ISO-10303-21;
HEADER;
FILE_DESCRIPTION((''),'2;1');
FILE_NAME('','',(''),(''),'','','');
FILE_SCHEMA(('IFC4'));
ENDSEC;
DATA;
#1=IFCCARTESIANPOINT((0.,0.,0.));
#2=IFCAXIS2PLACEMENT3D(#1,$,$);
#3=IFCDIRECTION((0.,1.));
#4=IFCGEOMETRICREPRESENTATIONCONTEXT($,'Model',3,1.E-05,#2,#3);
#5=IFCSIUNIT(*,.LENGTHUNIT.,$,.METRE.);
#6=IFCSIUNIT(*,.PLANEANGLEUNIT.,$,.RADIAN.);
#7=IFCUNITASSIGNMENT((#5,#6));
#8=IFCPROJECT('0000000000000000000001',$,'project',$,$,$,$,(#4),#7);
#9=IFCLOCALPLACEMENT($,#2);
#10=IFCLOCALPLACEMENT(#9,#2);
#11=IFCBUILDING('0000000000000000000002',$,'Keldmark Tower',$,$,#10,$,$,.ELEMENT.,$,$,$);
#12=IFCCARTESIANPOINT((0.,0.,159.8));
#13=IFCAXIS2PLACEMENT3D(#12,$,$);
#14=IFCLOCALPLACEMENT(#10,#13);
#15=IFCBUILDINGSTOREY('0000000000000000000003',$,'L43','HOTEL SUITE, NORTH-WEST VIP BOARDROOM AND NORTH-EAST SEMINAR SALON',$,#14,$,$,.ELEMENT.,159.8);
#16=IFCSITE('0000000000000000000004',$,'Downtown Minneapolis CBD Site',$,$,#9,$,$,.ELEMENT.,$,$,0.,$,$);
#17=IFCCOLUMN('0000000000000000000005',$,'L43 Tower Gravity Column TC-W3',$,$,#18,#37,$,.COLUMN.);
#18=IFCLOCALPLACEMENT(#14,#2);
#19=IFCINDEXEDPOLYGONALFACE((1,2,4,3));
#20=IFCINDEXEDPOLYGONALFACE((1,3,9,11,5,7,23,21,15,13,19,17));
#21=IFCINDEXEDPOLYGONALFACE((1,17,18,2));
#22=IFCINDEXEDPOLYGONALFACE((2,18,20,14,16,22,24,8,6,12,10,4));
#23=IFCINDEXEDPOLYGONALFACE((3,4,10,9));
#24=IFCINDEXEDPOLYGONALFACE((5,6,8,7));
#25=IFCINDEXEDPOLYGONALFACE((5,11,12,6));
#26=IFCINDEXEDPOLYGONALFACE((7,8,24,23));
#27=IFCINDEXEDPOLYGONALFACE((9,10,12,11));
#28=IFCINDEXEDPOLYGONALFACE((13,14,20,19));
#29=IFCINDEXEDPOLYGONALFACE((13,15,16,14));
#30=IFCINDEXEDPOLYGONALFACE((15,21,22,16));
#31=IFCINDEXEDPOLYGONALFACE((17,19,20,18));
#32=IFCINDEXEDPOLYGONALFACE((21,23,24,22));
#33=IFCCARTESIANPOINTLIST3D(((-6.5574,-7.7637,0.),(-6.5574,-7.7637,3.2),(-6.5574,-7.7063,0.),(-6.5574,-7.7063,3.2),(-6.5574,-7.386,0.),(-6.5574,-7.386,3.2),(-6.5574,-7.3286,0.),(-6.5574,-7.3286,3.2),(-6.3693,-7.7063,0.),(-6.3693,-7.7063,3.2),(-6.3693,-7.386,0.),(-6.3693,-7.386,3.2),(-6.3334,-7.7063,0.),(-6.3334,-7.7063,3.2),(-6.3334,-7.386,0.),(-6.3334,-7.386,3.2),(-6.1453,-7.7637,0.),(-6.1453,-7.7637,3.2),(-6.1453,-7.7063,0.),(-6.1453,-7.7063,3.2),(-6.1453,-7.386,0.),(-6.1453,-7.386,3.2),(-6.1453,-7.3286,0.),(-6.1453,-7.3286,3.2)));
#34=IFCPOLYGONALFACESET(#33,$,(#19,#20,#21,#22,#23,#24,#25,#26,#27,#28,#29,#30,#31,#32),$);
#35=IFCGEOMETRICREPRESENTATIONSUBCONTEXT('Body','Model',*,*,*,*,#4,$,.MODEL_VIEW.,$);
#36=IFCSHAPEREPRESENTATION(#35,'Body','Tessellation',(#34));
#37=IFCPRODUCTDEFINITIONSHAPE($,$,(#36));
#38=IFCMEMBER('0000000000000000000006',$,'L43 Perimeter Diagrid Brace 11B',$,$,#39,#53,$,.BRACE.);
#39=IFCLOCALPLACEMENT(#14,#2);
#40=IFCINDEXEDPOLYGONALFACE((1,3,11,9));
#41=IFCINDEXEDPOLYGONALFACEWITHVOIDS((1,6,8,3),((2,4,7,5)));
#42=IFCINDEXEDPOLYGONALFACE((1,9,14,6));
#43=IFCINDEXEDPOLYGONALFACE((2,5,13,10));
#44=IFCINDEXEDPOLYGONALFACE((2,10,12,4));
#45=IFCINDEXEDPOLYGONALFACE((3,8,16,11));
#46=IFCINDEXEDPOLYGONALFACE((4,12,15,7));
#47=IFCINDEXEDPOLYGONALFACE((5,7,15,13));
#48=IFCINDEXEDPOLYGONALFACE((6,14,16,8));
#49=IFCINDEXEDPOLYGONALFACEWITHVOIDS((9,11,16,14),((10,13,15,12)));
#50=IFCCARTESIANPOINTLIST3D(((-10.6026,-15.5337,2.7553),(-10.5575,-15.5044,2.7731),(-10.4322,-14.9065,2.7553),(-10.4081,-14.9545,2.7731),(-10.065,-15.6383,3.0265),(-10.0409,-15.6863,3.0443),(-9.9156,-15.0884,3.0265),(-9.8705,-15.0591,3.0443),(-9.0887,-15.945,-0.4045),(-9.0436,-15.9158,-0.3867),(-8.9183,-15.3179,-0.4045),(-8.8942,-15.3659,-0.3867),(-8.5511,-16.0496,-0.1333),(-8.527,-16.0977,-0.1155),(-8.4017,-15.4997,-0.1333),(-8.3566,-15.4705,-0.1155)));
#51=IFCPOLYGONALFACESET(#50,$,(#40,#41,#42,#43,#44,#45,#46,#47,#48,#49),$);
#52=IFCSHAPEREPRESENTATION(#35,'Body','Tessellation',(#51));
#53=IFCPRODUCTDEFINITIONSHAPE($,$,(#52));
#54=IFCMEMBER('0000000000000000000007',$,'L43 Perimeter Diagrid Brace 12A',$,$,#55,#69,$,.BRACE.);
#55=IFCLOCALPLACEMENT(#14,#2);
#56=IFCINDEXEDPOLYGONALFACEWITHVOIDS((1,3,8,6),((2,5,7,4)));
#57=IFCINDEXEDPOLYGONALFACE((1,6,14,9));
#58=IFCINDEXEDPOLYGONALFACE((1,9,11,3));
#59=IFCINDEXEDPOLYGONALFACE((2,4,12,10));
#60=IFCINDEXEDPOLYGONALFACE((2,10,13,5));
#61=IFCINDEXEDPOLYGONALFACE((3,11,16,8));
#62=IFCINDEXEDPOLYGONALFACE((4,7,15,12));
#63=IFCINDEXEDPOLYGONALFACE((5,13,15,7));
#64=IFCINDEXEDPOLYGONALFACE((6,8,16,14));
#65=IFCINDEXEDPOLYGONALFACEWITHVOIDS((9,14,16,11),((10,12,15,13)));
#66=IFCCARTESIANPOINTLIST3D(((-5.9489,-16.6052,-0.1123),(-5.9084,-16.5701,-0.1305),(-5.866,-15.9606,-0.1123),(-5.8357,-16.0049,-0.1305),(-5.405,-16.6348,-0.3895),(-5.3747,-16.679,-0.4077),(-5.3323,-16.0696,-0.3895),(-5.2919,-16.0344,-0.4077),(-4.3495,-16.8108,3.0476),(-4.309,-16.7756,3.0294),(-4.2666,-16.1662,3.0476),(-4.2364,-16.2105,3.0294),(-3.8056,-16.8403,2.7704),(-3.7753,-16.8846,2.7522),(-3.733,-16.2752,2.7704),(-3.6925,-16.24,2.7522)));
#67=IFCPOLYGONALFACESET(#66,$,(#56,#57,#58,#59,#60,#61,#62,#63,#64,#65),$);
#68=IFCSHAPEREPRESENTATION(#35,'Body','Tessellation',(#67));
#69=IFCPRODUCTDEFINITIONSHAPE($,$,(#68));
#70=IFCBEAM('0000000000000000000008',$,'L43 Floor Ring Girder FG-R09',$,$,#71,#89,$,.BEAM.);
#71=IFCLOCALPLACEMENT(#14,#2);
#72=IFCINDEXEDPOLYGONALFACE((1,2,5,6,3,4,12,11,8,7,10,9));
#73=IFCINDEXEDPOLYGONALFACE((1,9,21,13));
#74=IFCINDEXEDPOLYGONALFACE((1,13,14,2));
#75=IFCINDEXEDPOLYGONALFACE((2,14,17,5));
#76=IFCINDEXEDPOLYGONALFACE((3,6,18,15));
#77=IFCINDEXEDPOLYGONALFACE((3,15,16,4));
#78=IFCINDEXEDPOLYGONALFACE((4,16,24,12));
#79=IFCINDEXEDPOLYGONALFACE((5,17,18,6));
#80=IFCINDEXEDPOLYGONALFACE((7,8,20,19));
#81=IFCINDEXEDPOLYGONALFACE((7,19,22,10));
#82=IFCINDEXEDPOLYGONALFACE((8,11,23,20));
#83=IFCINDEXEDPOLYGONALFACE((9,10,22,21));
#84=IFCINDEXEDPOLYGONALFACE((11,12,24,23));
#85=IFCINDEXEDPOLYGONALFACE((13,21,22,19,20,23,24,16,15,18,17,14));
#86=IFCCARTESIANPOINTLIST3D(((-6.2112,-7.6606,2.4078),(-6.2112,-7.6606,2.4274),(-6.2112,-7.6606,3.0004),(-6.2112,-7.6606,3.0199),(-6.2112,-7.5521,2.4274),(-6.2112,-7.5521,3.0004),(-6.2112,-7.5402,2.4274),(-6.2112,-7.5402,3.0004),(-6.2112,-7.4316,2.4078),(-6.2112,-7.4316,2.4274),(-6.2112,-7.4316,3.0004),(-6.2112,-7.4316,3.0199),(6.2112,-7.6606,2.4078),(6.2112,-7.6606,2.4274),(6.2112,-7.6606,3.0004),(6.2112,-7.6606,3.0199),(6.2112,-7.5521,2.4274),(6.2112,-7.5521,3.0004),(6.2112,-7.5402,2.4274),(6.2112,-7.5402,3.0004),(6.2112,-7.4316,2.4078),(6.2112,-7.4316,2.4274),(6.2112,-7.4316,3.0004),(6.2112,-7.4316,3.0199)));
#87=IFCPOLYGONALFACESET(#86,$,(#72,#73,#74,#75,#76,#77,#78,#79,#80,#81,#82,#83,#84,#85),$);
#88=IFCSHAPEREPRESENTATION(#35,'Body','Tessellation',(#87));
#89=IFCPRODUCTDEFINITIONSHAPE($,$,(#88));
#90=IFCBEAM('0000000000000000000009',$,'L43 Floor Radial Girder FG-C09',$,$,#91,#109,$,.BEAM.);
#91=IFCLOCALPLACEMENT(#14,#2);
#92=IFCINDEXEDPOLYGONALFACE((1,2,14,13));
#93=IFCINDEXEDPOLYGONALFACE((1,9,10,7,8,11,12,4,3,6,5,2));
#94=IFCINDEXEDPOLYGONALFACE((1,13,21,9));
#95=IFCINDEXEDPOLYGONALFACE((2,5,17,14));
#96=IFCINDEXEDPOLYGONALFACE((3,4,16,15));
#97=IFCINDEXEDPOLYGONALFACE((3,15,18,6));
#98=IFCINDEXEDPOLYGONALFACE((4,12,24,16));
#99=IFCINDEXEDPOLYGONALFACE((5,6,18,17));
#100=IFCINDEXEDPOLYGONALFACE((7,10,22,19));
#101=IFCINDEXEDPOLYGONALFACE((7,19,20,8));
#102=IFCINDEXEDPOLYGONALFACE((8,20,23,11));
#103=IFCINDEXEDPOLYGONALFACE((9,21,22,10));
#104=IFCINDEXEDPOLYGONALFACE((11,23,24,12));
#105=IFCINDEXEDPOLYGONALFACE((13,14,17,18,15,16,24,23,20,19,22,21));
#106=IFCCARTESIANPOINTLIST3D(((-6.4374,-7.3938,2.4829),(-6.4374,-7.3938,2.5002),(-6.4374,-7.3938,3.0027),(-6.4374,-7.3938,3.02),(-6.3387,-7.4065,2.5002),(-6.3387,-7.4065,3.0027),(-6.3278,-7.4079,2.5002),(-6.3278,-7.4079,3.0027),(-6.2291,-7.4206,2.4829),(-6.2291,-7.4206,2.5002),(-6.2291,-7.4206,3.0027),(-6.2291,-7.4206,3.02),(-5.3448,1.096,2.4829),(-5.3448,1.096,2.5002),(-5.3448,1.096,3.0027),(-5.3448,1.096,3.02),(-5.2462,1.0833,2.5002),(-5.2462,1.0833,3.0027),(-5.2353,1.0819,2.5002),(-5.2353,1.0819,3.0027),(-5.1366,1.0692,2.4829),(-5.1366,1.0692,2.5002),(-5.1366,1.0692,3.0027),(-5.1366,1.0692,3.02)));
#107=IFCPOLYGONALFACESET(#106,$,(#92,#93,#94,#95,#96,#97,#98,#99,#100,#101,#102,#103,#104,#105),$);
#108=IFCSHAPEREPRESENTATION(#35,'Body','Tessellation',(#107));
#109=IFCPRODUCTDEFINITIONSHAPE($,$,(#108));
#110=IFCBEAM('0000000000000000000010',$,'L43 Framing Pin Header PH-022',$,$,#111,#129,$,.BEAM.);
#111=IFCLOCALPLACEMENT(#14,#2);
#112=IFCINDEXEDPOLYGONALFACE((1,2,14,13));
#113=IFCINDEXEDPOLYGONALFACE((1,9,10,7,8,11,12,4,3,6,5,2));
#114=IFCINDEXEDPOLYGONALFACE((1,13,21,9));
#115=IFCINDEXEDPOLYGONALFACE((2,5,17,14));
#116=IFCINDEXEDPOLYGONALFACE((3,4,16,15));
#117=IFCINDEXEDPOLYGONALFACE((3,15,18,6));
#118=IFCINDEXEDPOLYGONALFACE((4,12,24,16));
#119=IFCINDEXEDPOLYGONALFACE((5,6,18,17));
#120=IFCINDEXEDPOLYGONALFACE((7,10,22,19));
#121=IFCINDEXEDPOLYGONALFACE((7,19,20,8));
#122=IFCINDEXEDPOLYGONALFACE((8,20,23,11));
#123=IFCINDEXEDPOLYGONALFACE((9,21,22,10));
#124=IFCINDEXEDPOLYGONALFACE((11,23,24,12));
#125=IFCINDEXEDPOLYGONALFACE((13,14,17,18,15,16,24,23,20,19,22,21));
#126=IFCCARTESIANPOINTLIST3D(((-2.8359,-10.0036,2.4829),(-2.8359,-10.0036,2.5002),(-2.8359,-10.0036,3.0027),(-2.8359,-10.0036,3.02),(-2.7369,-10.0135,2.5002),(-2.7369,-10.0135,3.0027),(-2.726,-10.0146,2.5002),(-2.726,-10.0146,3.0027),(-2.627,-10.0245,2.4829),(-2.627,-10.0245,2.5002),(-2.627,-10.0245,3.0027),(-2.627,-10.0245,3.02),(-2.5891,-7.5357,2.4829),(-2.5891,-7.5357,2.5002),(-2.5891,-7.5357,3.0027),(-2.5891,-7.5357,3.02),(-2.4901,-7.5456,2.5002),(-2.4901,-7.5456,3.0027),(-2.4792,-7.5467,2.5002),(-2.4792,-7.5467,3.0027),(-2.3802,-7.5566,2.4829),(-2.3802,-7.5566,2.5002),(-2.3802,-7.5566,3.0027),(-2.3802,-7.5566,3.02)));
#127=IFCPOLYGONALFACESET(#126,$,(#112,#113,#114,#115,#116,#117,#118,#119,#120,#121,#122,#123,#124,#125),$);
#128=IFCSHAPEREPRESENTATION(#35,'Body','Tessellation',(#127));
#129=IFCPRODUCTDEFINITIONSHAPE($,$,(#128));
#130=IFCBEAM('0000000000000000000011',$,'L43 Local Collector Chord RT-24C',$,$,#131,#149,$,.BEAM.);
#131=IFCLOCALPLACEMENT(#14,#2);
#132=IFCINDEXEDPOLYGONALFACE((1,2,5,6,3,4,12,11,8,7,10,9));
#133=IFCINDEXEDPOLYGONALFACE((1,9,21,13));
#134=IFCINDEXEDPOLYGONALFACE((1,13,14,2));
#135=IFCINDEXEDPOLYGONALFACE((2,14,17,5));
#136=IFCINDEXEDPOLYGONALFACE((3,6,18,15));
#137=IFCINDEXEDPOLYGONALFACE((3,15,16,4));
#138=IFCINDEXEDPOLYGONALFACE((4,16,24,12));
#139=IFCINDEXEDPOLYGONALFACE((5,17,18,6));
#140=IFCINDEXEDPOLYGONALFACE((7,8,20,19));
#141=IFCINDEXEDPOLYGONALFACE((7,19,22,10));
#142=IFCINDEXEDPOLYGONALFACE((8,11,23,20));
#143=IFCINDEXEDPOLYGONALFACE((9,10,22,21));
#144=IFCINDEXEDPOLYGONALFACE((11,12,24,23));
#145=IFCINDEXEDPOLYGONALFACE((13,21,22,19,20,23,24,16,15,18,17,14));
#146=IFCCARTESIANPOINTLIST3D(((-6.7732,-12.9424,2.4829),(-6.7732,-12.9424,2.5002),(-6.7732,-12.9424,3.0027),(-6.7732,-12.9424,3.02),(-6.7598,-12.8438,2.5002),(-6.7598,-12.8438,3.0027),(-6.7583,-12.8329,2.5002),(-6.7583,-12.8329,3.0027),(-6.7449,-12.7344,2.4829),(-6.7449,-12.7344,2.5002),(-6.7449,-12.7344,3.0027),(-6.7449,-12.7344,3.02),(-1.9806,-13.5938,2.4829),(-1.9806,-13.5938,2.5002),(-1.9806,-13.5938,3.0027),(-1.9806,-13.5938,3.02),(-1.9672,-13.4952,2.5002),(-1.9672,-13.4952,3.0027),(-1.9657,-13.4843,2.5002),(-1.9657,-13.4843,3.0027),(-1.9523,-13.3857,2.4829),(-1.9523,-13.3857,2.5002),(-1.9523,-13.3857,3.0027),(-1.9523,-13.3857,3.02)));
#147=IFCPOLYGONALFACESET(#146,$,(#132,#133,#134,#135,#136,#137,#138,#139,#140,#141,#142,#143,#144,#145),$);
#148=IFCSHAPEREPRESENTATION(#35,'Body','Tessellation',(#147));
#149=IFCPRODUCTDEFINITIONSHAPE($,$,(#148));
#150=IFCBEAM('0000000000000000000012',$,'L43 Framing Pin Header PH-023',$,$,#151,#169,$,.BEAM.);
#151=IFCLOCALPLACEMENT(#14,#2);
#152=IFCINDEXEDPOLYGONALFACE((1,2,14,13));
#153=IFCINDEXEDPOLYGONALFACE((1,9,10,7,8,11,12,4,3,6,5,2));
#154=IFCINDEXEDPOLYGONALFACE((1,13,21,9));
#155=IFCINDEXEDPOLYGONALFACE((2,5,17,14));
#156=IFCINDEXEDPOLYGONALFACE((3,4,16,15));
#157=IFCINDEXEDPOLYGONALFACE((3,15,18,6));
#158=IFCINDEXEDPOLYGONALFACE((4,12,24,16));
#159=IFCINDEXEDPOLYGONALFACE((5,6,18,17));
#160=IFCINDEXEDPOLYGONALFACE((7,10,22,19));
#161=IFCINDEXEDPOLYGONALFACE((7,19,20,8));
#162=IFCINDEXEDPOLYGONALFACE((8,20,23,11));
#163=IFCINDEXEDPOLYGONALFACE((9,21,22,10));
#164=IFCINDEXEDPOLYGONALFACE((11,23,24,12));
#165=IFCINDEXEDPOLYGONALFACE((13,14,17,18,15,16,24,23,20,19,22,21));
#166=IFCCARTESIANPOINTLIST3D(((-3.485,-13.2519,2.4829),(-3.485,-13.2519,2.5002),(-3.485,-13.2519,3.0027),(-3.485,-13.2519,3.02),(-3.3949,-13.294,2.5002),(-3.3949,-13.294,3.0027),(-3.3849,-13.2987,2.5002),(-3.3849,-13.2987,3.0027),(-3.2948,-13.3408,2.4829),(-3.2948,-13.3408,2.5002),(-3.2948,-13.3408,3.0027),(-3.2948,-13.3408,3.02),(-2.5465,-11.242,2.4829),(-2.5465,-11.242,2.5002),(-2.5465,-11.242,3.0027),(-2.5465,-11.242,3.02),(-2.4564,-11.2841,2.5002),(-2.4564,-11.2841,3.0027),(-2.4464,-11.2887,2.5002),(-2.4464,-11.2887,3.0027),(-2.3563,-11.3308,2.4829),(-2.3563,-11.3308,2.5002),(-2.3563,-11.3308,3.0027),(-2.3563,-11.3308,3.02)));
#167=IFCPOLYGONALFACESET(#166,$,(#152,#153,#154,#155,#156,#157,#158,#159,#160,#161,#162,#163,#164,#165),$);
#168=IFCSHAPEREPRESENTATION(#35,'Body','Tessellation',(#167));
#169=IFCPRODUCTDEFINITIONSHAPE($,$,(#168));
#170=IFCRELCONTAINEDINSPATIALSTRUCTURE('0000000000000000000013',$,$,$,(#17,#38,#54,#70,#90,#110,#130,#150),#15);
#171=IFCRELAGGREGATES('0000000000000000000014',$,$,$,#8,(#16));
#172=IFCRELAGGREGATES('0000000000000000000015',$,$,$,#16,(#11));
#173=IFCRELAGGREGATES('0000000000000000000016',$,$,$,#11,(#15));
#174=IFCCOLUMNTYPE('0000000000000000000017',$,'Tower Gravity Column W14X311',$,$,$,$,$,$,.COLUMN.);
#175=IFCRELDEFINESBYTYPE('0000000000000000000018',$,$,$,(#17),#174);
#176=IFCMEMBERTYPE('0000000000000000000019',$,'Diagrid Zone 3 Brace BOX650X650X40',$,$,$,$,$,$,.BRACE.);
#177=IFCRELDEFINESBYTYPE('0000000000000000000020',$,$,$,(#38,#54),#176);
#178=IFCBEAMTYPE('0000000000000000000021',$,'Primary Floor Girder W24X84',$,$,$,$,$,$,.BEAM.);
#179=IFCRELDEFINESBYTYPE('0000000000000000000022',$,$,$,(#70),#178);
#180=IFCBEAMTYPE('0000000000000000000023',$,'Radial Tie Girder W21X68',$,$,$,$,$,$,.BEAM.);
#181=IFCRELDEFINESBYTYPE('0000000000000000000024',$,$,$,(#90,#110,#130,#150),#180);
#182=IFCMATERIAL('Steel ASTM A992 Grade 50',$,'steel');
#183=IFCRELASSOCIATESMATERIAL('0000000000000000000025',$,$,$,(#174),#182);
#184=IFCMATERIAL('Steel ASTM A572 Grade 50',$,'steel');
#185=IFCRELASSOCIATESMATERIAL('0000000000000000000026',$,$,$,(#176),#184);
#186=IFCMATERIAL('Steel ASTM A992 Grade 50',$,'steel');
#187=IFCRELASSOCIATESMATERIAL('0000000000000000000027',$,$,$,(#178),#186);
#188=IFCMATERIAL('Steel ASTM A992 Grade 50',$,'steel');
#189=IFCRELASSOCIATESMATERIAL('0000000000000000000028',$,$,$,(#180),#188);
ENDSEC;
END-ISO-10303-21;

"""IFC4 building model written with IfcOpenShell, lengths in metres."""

from ifc_helpers import new_model, si_unit, direction, frame, origin, origin_2d, place, context, subcontext, project, spatial, hollow_rectangle, i_section, extrude, material, material_profile, profile_set, type_object, element, save


model = new_model("IFC4")

# Units and contexts
model_context = context("Model", 3, precision=1e-05, world=origin(), true_north=direction((0.0, 1.0)))
body_context = subcontext(model_context, "Body", "Model", "MODEL_VIEW")
ifc_project = project(units=[si_unit("LENGTHUNIT", "METRE"), si_unit("PLANEANGLEUNIT", "RADIAN")], contexts=[model_context])

# Site, building, storey
site_placement = place(None, origin())
site = spatial("IfcSite", under=ifc_project, at=site_placement, Name="Downtown Minneapolis CBD Site", CompositionType="ELEMENT", RefElevation=0.0)
building_placement = place(site_placement, origin())
building = spatial("IfcBuilding", under=site, at=building_placement, Name="Keldmark Tower", CompositionType="ELEMENT")
storey_placement = place(building_placement, frame((0.0, 0.0, 159.8)))
storey = spatial("IfcBuildingStorey", under=building, at=storey_placement, Name="L43", Description="HOTEL SUITE, NORTH-WEST VIP BOARDROOM AND NORTH-EAST SEMINAR SALON", CompositionType="ELEMENT", Elevation=159.8)

# Column
ifc_material_1 = material(Name="Steel ASTM A992 Grade 50", Category="steel")
ifc_material_profile_1 = material_profile(ifc_material_1, i_section(OverallWidth=0.4121, OverallDepth=0.4351, WebThickness=0.0359, FlangeThickness=0.0574, at=origin_2d()), Name="W14X311")
ifc_profile_set_1 = profile_set([ifc_material_profile_1], Name="Steel ASTM A992 Grade 50")
column_type = type_object("IfcColumnType", Name="Tower Gravity Column W14X311", PredefinedType="COLUMN", material=ifc_profile_set_1)
column_placement = place(storey_placement, frame((-6.3513, -7.5461, 0.0), z_axis=(0.0, 0.0, 1.0), x_axis=(1.0, 0.0, 0.0)))
element("IfcColumn", 1, at=column_placement, inside=storey, type_object=column_type, Name="L43 Tower Gravity Column TC-W3", PredefinedType="COLUMN", context=body_context, shape_type="SweptSolid", body=[
    extrude(i_section(OverallWidth=0.4121, OverallDepth=0.4351, WebThickness=0.0359, FlangeThickness=0.0574, at=origin_2d()), origin(), (0.0, 0.0, 1.0), 3.2),
])

# Members
ifc_material_2 = material(Name="Steel ASTM A572 Grade 50", Category="steel")
ifc_material_profile_2 = material_profile(ifc_material_2, hollow_rectangle(XDim=0.6499, YDim=0.6499, WallThickness=0.04, at=origin_2d()), Name="BOX650X650X40")
ifc_profile_set_2 = profile_set([ifc_material_profile_2], Name="Steel ASTM A572 Grade 50")
member_type = type_object("IfcMemberType", Name="Diagrid Zone 3 Brace BOX650X650X40", PredefinedType="BRACE", material=ifc_profile_set_2)
member_1_placement = place(storey_placement, frame((-8.7227, -15.7078, -0.26), z_axis=(-0.429124, 0.116606, 0.895687), x_axis=(-0.262222, -0.965008, 0.0)))
element("IfcMember", 2, at=member_1_placement, inside=storey, type_object=member_type, Name="L43 Perimeter Diagrid Brace 11B", PredefinedType="BRACE", context=body_context, shape_type="SweptSolid", body=[
    extrude(hollow_rectangle(XDim=0.6499, YDim=0.6499, WallThickness=0.04, at=origin_2d()), origin(), (0.0, 0.0, 1.0), 3.5278),
])
member_2_placement = place(storey_placement, frame((-5.6204, -16.3198, -0.26), z_axis=(0.450834, -0.057946, 0.890725), x_axis=(0.127481, 0.991841, 0.0)))
element("IfcMember", 3, at=member_2_placement, inside=storey, type_object=member_type, Name="L43 Perimeter Diagrid Brace 12A", PredefinedType="BRACE", context=body_context, shape_type="SweptSolid", body=[
    extrude(hollow_rectangle(XDim=0.6499, YDim=0.6499, WallThickness=0.04, at=origin_2d()), origin(), (0.0, 0.0, 1.0), 3.5476),
])

# Beams
ifc_material_3 = material(Name="Steel ASTM A992 Grade 50", Category="steel")
ifc_material_profile_3 = material_profile(ifc_material_3, i_section(OverallWidth=0.229, OverallDepth=0.6121, WebThickness=0.012, FlangeThickness=0.0195, at=origin_2d()), Name="W24X84")
ifc_profile_set_3 = profile_set([ifc_material_profile_3], Name="Steel ASTM A992 Grade 50")
beam_type_1 = type_object("IfcBeamType", Name="Primary Floor Girder W24X84", PredefinedType="BEAM", material=ifc_profile_set_3)
beam_1_placement = place(storey_placement, frame((-6.2112, -7.5461, 2.7139), z_axis=(1.0, 0.0, 0.0), x_axis=(0.0, 1.0, 0.0)))
element("IfcBeam", 4, at=beam_1_placement, inside=storey, type_object=beam_type_1, Name="L43 Floor Ring Girder FG-R09", PredefinedType="BEAM", context=body_context, shape_type="SweptSolid", body=[
    extrude(i_section(OverallWidth=0.229, OverallDepth=0.6121, WebThickness=0.012, FlangeThickness=0.0195, at=origin_2d()), origin(), (0.0, 0.0, 1.0), 12.4224),
])
ifc_material_4 = material(Name="Steel ASTM A992 Grade 50", Category="steel")
ifc_material_profile_4 = material_profile(ifc_material_4, i_section(OverallWidth=0.21, OverallDepth=0.5371, WebThickness=0.011, FlangeThickness=0.0173, at=origin_2d()), Name="W21X68")
ifc_profile_set_4 = profile_set([ifc_material_profile_4], Name="Steel ASTM A992 Grade 50")
beam_type_2 = type_object("IfcBeamType", Name="Radial Tie Girder W21X68", PredefinedType="BEAM", material=ifc_profile_set_4)
beam_2_placement = place(storey_placement, frame((-6.3333, -7.4072, 2.7515), z_axis=(0.127636, 0.991821, 0.0), x_axis=(-0.991821, 0.127636, 0.0)))
element("IfcBeam", 5, at=beam_2_placement, inside=storey, type_object=beam_type_2, Name="L43 Floor Radial Girder FG-C09", PredefinedType="BEAM", context=body_context, shape_type="SweptSolid", body=[
    extrude(i_section(OverallWidth=0.21, OverallDepth=0.5371, WebThickness=0.011, FlangeThickness=0.0173, at=origin_2d()), origin(), (0.0, 0.0, 1.0), 8.5598),
])
beam_3_placement = place(storey_placement, frame((-2.4846, -7.5461, 2.7515), z_axis=(-0.099513, -0.995036, 0.0), x_axis=(0.995036, -0.099513, 0.0)))
element("IfcBeam", 6, at=beam_3_placement, inside=storey, type_object=beam_type_2, Name="L43 Framing Pin Header PH-022", PredefinedType="BEAM", context=body_context, shape_type="SweptSolid", body=[
    extrude(i_section(OverallWidth=0.21, OverallDepth=0.5371, WebThickness=0.011, FlangeThickness=0.0173, at=origin_2d()), origin(), (0.0, 0.0, 1.0), 2.4802),
])
beam_4_placement = place(storey_placement, frame((-6.759, -12.8384, 2.7515), z_axis=(0.990891, -0.134669, 0.0), x_axis=(0.134669, 0.990891, 0.0)))
element("IfcBeam", 7, at=beam_4_placement, inside=storey, type_object=beam_type_2, Name="L43 Local Collector Chord RT-24C", PredefinedType="BEAM", context=body_context, shape_type="SweptSolid", body=[
    extrude(i_section(OverallWidth=0.21, OverallDepth=0.5371, WebThickness=0.011, FlangeThickness=0.0173, at=origin_2d()), origin(), (0.0, 0.0, 1.0), 4.8367),
])
beam_5_placement = place(storey_placement, frame((-2.4514, -11.2864, 2.7515), z_axis=(-0.42306, -0.906102, 0.0), x_axis=(0.906102, -0.42306, 0.0)))
element("IfcBeam", 8, at=beam_5_placement, inside=storey, type_object=beam_type_2, Name="L43 Framing Pin Header PH-023", PredefinedType="BEAM", context=body_context, shape_type="SweptSolid", body=[
    extrude(i_section(OverallWidth=0.21, OverallDepth=0.5371, WebThickness=0.011, FlangeThickness=0.0173, at=origin_2d()), origin(), (0.0, 0.0, 1.0), 2.2183),
])

save(model, "model.ifc")
